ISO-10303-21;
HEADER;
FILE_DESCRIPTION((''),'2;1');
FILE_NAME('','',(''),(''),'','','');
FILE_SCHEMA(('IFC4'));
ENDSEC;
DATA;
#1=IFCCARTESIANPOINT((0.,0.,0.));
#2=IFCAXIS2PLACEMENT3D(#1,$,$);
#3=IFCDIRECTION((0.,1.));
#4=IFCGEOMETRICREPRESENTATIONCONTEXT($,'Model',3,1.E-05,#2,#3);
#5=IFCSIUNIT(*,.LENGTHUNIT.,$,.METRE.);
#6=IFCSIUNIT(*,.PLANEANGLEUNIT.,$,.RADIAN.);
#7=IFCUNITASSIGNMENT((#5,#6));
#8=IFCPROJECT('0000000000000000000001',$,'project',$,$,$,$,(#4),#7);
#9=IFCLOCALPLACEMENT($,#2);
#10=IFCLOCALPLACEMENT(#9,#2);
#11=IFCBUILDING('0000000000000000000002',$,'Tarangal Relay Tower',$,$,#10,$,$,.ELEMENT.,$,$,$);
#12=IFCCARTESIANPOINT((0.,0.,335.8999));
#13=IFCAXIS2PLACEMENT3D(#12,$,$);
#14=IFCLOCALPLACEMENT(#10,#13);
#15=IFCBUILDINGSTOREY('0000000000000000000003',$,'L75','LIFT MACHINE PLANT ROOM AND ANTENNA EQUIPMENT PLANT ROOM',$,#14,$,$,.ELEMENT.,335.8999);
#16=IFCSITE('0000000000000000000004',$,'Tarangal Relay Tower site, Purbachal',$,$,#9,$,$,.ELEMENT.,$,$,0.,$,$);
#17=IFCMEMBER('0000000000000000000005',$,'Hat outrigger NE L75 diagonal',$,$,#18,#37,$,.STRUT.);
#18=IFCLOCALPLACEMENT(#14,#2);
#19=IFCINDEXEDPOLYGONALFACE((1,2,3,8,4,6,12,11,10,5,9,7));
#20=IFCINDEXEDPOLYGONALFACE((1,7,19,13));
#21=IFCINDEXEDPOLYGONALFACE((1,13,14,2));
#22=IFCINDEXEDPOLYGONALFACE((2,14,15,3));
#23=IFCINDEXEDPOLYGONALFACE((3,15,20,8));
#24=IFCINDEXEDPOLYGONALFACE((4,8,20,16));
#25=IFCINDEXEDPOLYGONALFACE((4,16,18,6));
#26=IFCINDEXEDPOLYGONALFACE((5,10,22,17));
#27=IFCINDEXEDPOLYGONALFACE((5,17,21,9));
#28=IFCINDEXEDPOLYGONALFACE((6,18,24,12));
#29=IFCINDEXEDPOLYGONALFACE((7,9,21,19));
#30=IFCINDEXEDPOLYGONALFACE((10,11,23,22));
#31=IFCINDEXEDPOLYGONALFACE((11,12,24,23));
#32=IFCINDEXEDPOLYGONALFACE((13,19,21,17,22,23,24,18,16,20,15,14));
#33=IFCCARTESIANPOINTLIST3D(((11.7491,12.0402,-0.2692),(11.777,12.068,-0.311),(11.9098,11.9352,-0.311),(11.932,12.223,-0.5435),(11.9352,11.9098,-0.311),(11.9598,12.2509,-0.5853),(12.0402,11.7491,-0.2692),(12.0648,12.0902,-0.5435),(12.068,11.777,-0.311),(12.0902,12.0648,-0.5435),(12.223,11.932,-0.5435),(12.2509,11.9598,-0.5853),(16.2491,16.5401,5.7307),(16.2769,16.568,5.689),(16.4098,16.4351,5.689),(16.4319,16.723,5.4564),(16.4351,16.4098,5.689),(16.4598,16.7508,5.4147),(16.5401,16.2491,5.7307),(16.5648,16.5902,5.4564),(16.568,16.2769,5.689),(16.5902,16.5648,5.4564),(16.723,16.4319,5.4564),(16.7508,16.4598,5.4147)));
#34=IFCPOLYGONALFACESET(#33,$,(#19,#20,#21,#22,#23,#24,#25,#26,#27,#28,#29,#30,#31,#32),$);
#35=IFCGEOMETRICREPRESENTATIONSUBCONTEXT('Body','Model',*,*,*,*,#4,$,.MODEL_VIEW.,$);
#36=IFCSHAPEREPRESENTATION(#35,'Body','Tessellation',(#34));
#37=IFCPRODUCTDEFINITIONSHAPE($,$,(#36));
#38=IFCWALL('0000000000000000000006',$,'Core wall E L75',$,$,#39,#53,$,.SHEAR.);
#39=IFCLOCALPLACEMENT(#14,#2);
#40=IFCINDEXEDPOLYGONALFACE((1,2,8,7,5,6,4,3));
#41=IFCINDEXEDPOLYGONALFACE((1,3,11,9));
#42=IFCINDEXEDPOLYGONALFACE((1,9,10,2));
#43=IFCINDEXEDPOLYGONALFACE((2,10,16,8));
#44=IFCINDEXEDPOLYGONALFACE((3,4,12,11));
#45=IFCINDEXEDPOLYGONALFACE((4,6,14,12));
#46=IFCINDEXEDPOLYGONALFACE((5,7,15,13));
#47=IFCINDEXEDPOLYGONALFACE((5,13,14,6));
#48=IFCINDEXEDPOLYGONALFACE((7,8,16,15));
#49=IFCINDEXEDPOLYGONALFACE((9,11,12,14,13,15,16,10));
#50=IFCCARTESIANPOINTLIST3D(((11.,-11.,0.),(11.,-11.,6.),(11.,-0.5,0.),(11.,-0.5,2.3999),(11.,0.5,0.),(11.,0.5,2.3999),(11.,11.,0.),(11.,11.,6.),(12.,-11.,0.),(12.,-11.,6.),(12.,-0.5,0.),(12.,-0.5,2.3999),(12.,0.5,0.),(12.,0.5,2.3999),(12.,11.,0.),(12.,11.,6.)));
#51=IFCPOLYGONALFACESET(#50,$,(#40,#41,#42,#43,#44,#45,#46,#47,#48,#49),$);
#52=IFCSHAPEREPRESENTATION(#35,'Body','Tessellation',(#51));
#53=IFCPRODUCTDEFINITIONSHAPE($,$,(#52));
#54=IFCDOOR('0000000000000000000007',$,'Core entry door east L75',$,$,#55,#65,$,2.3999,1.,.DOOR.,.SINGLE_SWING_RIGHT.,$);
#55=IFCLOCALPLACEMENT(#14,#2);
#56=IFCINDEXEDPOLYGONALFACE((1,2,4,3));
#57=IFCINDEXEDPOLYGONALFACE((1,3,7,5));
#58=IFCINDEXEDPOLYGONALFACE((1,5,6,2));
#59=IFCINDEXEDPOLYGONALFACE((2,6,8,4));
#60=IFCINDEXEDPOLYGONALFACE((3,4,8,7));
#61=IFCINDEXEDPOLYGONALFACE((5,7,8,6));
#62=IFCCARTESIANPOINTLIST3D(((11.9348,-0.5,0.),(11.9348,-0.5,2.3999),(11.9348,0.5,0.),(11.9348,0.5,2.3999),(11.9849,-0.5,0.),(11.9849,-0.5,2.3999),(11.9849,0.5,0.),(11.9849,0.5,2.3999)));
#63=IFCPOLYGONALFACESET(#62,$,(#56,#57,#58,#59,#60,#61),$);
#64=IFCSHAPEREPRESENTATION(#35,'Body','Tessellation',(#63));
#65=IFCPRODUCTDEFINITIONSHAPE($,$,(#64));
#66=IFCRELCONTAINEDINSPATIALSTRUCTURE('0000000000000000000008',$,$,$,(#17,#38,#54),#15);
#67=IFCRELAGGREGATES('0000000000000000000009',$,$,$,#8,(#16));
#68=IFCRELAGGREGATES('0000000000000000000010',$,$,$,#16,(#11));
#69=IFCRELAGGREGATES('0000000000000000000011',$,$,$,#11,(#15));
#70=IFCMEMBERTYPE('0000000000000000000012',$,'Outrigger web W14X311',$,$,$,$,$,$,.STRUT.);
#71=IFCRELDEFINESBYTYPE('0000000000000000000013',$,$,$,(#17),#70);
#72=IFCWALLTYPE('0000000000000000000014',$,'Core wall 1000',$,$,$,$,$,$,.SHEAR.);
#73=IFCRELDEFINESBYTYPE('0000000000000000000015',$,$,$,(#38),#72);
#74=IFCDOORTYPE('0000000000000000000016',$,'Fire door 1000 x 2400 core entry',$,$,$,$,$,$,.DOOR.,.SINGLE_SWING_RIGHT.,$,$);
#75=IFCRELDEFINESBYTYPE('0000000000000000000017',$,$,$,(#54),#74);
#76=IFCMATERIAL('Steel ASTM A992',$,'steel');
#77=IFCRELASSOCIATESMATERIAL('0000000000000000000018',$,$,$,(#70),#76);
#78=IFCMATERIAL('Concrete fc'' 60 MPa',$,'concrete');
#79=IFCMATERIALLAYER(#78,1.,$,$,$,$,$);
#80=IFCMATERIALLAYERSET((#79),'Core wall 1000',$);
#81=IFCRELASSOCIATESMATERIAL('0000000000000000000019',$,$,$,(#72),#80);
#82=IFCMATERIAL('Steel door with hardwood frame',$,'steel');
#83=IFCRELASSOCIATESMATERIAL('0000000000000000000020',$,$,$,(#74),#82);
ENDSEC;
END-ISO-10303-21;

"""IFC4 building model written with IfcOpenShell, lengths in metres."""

from ifc_helpers import new_model, si_unit, direction, frame, frame_2d, origin, origin_2d, place, context, subcontext, project, spatial, rectangle, i_section, extrude, material, layer, layer_set, material_profile, profile_set, type_object, element, fill, save


model = new_model("IFC4")

# Units and contexts
model_context = context("Model", 3, precision=1e-05, world=origin(), true_north=direction((0.0, 1.0)))
body_context = subcontext(model_context, "Body", "Model", "MODEL_VIEW")
ifc_project = project(units=[si_unit("LENGTHUNIT", "METRE"), si_unit("PLANEANGLEUNIT", "RADIAN")], contexts=[model_context])

# Site, building, storey
site_placement = place(None, origin())
site = spatial("IfcSite", under=ifc_project, at=site_placement, Name="Tarangal Relay Tower site, Purbachal", CompositionType="ELEMENT", RefElevation=0.0)
building_placement = place(site_placement, origin())
building = spatial("IfcBuilding", under=site, at=building_placement, Name="Tarangal Relay Tower", CompositionType="ELEMENT")
storey_placement = place(building_placement, frame((0.0, 0.0, 335.8999)))
storey = spatial("IfcBuildingStorey", under=building, at=storey_placement, Name="L75", Description="LIFT MACHINE PLANT ROOM AND ANTENNA EQUIPMENT PLANT ROOM", CompositionType="ELEMENT", Elevation=335.8999)

# Shared definitions
ifc_material_1 = material(Name="Steel ASTM A992", Category="steel")

# Member
ifc_material_profile_1 = material_profile(ifc_material_1, i_section(OverallWidth=0.4116, OverallDepth=0.4343, WebThickness=0.0359, FlangeThickness=0.0574, at=origin_2d()), Name="W14X311")
ifc_profile_set_1 = profile_set([ifc_material_profile_1], Name="Steel ASTM A992")
member_type_1 = type_object("IfcMemberType", Name="Outrigger web W14X311", PredefinedType="STRUT", material=ifc_profile_set_1)
member_1_placement = place(storey_placement, frame((12.0, 12.0, -0.4272), z_axis=(0.514496, 0.514496, 0.685994), x_axis=(-0.707107, 0.707107, 0.0)))
element("IfcMember", 1, at=member_1_placement, inside=storey, type_object=member_type_1, Name="Hat outrigger NE L75 diagonal", PredefinedType="STRUT", context=body_context, shape_type="SweptSolid", body=[
    extrude(i_section(OverallWidth=0.4116, OverallDepth=0.4343, WebThickness=0.0359, FlangeThickness=0.0574, at=origin_2d()), origin(), (0.0, 0.0, 1.0), 8.7463),
])

# Wall, opening, door
ifc_material_2 = material(Name="Concrete fc' 60 MPa", Category="concrete")
ifc_layer = layer(ifc_material_2, 1.0)
ifc_layer_set = layer_set([ifc_layer], Name="Core wall 1000")
wall_type = type_object("IfcWallType", Name="Core wall 1000", PredefinedType="SHEAR", material=ifc_layer_set)
wall_placement = place(storey_placement, frame((11.5, 11.0, 0.0), z_axis=(0.0, 0.0, 1.0), x_axis=(0.0, -1.0, 0.0)))
wall = element("IfcWall", 2, at=wall_placement, inside=storey, type_object=wall_type, Name="Core wall E L75", PredefinedType="SHEAR", context=body_context, shape_type="SweptSolid", body=[
    extrude(rectangle(XDim=22.0, YDim=1.0, at=frame_2d((11.0, 0.0))), origin(), (0.0, 0.0, 1.0), 6.0),
])
opening_placement = place(wall_placement, frame((10.5, 0.0, 0.0)))
opening = element("IfcOpeningElement", 3, at=opening_placement, cuts=wall, PredefinedType="OPENING", context=body_context, shape_type="SweptSolid", body=[
    extrude(rectangle(XDim=1.0, YDim=2.3999, at=frame_2d((0.5, 1.2))), frame((0.0, 0.51, 0.0), z_axis=(0.0, -1.0, 0.0), x_axis=(1.0, 0.0, 0.0)), (0.0, 0.0, 1.0), 1.02),
])
ifc_material_3 = material(Name="Steel door with hardwood frame", Category="steel")
door_type = type_object("IfcDoorType", Name="Fire door 1000 x 2400 core entry", OperationType="SINGLE_SWING_RIGHT", PredefinedType="DOOR", material=ifc_material_3)
door_placement = place(opening_placement, origin())
door = element("IfcDoor", 4, at=door_placement, inside=storey, type_object=door_type, Name="Core entry door east L75", OperationType="SINGLE_SWING_RIGHT", OverallHeight=2.3999, OverallWidth=1.0, PredefinedType="DOOR", context=body_context, shape_type="SweptSolid", body=[
    extrude(rectangle(XDim=1.0, YDim=2.3999, at=frame_2d((0.5, 1.2))), frame((0.0, 0.4849, 0.0), z_axis=(0.0, -1.0, 0.0), x_axis=(1.0, 0.0, 0.0)), (0.0, 0.0, 1.0), 0.05),
])
fill(opening, door)

save(model, "model.ifc")
